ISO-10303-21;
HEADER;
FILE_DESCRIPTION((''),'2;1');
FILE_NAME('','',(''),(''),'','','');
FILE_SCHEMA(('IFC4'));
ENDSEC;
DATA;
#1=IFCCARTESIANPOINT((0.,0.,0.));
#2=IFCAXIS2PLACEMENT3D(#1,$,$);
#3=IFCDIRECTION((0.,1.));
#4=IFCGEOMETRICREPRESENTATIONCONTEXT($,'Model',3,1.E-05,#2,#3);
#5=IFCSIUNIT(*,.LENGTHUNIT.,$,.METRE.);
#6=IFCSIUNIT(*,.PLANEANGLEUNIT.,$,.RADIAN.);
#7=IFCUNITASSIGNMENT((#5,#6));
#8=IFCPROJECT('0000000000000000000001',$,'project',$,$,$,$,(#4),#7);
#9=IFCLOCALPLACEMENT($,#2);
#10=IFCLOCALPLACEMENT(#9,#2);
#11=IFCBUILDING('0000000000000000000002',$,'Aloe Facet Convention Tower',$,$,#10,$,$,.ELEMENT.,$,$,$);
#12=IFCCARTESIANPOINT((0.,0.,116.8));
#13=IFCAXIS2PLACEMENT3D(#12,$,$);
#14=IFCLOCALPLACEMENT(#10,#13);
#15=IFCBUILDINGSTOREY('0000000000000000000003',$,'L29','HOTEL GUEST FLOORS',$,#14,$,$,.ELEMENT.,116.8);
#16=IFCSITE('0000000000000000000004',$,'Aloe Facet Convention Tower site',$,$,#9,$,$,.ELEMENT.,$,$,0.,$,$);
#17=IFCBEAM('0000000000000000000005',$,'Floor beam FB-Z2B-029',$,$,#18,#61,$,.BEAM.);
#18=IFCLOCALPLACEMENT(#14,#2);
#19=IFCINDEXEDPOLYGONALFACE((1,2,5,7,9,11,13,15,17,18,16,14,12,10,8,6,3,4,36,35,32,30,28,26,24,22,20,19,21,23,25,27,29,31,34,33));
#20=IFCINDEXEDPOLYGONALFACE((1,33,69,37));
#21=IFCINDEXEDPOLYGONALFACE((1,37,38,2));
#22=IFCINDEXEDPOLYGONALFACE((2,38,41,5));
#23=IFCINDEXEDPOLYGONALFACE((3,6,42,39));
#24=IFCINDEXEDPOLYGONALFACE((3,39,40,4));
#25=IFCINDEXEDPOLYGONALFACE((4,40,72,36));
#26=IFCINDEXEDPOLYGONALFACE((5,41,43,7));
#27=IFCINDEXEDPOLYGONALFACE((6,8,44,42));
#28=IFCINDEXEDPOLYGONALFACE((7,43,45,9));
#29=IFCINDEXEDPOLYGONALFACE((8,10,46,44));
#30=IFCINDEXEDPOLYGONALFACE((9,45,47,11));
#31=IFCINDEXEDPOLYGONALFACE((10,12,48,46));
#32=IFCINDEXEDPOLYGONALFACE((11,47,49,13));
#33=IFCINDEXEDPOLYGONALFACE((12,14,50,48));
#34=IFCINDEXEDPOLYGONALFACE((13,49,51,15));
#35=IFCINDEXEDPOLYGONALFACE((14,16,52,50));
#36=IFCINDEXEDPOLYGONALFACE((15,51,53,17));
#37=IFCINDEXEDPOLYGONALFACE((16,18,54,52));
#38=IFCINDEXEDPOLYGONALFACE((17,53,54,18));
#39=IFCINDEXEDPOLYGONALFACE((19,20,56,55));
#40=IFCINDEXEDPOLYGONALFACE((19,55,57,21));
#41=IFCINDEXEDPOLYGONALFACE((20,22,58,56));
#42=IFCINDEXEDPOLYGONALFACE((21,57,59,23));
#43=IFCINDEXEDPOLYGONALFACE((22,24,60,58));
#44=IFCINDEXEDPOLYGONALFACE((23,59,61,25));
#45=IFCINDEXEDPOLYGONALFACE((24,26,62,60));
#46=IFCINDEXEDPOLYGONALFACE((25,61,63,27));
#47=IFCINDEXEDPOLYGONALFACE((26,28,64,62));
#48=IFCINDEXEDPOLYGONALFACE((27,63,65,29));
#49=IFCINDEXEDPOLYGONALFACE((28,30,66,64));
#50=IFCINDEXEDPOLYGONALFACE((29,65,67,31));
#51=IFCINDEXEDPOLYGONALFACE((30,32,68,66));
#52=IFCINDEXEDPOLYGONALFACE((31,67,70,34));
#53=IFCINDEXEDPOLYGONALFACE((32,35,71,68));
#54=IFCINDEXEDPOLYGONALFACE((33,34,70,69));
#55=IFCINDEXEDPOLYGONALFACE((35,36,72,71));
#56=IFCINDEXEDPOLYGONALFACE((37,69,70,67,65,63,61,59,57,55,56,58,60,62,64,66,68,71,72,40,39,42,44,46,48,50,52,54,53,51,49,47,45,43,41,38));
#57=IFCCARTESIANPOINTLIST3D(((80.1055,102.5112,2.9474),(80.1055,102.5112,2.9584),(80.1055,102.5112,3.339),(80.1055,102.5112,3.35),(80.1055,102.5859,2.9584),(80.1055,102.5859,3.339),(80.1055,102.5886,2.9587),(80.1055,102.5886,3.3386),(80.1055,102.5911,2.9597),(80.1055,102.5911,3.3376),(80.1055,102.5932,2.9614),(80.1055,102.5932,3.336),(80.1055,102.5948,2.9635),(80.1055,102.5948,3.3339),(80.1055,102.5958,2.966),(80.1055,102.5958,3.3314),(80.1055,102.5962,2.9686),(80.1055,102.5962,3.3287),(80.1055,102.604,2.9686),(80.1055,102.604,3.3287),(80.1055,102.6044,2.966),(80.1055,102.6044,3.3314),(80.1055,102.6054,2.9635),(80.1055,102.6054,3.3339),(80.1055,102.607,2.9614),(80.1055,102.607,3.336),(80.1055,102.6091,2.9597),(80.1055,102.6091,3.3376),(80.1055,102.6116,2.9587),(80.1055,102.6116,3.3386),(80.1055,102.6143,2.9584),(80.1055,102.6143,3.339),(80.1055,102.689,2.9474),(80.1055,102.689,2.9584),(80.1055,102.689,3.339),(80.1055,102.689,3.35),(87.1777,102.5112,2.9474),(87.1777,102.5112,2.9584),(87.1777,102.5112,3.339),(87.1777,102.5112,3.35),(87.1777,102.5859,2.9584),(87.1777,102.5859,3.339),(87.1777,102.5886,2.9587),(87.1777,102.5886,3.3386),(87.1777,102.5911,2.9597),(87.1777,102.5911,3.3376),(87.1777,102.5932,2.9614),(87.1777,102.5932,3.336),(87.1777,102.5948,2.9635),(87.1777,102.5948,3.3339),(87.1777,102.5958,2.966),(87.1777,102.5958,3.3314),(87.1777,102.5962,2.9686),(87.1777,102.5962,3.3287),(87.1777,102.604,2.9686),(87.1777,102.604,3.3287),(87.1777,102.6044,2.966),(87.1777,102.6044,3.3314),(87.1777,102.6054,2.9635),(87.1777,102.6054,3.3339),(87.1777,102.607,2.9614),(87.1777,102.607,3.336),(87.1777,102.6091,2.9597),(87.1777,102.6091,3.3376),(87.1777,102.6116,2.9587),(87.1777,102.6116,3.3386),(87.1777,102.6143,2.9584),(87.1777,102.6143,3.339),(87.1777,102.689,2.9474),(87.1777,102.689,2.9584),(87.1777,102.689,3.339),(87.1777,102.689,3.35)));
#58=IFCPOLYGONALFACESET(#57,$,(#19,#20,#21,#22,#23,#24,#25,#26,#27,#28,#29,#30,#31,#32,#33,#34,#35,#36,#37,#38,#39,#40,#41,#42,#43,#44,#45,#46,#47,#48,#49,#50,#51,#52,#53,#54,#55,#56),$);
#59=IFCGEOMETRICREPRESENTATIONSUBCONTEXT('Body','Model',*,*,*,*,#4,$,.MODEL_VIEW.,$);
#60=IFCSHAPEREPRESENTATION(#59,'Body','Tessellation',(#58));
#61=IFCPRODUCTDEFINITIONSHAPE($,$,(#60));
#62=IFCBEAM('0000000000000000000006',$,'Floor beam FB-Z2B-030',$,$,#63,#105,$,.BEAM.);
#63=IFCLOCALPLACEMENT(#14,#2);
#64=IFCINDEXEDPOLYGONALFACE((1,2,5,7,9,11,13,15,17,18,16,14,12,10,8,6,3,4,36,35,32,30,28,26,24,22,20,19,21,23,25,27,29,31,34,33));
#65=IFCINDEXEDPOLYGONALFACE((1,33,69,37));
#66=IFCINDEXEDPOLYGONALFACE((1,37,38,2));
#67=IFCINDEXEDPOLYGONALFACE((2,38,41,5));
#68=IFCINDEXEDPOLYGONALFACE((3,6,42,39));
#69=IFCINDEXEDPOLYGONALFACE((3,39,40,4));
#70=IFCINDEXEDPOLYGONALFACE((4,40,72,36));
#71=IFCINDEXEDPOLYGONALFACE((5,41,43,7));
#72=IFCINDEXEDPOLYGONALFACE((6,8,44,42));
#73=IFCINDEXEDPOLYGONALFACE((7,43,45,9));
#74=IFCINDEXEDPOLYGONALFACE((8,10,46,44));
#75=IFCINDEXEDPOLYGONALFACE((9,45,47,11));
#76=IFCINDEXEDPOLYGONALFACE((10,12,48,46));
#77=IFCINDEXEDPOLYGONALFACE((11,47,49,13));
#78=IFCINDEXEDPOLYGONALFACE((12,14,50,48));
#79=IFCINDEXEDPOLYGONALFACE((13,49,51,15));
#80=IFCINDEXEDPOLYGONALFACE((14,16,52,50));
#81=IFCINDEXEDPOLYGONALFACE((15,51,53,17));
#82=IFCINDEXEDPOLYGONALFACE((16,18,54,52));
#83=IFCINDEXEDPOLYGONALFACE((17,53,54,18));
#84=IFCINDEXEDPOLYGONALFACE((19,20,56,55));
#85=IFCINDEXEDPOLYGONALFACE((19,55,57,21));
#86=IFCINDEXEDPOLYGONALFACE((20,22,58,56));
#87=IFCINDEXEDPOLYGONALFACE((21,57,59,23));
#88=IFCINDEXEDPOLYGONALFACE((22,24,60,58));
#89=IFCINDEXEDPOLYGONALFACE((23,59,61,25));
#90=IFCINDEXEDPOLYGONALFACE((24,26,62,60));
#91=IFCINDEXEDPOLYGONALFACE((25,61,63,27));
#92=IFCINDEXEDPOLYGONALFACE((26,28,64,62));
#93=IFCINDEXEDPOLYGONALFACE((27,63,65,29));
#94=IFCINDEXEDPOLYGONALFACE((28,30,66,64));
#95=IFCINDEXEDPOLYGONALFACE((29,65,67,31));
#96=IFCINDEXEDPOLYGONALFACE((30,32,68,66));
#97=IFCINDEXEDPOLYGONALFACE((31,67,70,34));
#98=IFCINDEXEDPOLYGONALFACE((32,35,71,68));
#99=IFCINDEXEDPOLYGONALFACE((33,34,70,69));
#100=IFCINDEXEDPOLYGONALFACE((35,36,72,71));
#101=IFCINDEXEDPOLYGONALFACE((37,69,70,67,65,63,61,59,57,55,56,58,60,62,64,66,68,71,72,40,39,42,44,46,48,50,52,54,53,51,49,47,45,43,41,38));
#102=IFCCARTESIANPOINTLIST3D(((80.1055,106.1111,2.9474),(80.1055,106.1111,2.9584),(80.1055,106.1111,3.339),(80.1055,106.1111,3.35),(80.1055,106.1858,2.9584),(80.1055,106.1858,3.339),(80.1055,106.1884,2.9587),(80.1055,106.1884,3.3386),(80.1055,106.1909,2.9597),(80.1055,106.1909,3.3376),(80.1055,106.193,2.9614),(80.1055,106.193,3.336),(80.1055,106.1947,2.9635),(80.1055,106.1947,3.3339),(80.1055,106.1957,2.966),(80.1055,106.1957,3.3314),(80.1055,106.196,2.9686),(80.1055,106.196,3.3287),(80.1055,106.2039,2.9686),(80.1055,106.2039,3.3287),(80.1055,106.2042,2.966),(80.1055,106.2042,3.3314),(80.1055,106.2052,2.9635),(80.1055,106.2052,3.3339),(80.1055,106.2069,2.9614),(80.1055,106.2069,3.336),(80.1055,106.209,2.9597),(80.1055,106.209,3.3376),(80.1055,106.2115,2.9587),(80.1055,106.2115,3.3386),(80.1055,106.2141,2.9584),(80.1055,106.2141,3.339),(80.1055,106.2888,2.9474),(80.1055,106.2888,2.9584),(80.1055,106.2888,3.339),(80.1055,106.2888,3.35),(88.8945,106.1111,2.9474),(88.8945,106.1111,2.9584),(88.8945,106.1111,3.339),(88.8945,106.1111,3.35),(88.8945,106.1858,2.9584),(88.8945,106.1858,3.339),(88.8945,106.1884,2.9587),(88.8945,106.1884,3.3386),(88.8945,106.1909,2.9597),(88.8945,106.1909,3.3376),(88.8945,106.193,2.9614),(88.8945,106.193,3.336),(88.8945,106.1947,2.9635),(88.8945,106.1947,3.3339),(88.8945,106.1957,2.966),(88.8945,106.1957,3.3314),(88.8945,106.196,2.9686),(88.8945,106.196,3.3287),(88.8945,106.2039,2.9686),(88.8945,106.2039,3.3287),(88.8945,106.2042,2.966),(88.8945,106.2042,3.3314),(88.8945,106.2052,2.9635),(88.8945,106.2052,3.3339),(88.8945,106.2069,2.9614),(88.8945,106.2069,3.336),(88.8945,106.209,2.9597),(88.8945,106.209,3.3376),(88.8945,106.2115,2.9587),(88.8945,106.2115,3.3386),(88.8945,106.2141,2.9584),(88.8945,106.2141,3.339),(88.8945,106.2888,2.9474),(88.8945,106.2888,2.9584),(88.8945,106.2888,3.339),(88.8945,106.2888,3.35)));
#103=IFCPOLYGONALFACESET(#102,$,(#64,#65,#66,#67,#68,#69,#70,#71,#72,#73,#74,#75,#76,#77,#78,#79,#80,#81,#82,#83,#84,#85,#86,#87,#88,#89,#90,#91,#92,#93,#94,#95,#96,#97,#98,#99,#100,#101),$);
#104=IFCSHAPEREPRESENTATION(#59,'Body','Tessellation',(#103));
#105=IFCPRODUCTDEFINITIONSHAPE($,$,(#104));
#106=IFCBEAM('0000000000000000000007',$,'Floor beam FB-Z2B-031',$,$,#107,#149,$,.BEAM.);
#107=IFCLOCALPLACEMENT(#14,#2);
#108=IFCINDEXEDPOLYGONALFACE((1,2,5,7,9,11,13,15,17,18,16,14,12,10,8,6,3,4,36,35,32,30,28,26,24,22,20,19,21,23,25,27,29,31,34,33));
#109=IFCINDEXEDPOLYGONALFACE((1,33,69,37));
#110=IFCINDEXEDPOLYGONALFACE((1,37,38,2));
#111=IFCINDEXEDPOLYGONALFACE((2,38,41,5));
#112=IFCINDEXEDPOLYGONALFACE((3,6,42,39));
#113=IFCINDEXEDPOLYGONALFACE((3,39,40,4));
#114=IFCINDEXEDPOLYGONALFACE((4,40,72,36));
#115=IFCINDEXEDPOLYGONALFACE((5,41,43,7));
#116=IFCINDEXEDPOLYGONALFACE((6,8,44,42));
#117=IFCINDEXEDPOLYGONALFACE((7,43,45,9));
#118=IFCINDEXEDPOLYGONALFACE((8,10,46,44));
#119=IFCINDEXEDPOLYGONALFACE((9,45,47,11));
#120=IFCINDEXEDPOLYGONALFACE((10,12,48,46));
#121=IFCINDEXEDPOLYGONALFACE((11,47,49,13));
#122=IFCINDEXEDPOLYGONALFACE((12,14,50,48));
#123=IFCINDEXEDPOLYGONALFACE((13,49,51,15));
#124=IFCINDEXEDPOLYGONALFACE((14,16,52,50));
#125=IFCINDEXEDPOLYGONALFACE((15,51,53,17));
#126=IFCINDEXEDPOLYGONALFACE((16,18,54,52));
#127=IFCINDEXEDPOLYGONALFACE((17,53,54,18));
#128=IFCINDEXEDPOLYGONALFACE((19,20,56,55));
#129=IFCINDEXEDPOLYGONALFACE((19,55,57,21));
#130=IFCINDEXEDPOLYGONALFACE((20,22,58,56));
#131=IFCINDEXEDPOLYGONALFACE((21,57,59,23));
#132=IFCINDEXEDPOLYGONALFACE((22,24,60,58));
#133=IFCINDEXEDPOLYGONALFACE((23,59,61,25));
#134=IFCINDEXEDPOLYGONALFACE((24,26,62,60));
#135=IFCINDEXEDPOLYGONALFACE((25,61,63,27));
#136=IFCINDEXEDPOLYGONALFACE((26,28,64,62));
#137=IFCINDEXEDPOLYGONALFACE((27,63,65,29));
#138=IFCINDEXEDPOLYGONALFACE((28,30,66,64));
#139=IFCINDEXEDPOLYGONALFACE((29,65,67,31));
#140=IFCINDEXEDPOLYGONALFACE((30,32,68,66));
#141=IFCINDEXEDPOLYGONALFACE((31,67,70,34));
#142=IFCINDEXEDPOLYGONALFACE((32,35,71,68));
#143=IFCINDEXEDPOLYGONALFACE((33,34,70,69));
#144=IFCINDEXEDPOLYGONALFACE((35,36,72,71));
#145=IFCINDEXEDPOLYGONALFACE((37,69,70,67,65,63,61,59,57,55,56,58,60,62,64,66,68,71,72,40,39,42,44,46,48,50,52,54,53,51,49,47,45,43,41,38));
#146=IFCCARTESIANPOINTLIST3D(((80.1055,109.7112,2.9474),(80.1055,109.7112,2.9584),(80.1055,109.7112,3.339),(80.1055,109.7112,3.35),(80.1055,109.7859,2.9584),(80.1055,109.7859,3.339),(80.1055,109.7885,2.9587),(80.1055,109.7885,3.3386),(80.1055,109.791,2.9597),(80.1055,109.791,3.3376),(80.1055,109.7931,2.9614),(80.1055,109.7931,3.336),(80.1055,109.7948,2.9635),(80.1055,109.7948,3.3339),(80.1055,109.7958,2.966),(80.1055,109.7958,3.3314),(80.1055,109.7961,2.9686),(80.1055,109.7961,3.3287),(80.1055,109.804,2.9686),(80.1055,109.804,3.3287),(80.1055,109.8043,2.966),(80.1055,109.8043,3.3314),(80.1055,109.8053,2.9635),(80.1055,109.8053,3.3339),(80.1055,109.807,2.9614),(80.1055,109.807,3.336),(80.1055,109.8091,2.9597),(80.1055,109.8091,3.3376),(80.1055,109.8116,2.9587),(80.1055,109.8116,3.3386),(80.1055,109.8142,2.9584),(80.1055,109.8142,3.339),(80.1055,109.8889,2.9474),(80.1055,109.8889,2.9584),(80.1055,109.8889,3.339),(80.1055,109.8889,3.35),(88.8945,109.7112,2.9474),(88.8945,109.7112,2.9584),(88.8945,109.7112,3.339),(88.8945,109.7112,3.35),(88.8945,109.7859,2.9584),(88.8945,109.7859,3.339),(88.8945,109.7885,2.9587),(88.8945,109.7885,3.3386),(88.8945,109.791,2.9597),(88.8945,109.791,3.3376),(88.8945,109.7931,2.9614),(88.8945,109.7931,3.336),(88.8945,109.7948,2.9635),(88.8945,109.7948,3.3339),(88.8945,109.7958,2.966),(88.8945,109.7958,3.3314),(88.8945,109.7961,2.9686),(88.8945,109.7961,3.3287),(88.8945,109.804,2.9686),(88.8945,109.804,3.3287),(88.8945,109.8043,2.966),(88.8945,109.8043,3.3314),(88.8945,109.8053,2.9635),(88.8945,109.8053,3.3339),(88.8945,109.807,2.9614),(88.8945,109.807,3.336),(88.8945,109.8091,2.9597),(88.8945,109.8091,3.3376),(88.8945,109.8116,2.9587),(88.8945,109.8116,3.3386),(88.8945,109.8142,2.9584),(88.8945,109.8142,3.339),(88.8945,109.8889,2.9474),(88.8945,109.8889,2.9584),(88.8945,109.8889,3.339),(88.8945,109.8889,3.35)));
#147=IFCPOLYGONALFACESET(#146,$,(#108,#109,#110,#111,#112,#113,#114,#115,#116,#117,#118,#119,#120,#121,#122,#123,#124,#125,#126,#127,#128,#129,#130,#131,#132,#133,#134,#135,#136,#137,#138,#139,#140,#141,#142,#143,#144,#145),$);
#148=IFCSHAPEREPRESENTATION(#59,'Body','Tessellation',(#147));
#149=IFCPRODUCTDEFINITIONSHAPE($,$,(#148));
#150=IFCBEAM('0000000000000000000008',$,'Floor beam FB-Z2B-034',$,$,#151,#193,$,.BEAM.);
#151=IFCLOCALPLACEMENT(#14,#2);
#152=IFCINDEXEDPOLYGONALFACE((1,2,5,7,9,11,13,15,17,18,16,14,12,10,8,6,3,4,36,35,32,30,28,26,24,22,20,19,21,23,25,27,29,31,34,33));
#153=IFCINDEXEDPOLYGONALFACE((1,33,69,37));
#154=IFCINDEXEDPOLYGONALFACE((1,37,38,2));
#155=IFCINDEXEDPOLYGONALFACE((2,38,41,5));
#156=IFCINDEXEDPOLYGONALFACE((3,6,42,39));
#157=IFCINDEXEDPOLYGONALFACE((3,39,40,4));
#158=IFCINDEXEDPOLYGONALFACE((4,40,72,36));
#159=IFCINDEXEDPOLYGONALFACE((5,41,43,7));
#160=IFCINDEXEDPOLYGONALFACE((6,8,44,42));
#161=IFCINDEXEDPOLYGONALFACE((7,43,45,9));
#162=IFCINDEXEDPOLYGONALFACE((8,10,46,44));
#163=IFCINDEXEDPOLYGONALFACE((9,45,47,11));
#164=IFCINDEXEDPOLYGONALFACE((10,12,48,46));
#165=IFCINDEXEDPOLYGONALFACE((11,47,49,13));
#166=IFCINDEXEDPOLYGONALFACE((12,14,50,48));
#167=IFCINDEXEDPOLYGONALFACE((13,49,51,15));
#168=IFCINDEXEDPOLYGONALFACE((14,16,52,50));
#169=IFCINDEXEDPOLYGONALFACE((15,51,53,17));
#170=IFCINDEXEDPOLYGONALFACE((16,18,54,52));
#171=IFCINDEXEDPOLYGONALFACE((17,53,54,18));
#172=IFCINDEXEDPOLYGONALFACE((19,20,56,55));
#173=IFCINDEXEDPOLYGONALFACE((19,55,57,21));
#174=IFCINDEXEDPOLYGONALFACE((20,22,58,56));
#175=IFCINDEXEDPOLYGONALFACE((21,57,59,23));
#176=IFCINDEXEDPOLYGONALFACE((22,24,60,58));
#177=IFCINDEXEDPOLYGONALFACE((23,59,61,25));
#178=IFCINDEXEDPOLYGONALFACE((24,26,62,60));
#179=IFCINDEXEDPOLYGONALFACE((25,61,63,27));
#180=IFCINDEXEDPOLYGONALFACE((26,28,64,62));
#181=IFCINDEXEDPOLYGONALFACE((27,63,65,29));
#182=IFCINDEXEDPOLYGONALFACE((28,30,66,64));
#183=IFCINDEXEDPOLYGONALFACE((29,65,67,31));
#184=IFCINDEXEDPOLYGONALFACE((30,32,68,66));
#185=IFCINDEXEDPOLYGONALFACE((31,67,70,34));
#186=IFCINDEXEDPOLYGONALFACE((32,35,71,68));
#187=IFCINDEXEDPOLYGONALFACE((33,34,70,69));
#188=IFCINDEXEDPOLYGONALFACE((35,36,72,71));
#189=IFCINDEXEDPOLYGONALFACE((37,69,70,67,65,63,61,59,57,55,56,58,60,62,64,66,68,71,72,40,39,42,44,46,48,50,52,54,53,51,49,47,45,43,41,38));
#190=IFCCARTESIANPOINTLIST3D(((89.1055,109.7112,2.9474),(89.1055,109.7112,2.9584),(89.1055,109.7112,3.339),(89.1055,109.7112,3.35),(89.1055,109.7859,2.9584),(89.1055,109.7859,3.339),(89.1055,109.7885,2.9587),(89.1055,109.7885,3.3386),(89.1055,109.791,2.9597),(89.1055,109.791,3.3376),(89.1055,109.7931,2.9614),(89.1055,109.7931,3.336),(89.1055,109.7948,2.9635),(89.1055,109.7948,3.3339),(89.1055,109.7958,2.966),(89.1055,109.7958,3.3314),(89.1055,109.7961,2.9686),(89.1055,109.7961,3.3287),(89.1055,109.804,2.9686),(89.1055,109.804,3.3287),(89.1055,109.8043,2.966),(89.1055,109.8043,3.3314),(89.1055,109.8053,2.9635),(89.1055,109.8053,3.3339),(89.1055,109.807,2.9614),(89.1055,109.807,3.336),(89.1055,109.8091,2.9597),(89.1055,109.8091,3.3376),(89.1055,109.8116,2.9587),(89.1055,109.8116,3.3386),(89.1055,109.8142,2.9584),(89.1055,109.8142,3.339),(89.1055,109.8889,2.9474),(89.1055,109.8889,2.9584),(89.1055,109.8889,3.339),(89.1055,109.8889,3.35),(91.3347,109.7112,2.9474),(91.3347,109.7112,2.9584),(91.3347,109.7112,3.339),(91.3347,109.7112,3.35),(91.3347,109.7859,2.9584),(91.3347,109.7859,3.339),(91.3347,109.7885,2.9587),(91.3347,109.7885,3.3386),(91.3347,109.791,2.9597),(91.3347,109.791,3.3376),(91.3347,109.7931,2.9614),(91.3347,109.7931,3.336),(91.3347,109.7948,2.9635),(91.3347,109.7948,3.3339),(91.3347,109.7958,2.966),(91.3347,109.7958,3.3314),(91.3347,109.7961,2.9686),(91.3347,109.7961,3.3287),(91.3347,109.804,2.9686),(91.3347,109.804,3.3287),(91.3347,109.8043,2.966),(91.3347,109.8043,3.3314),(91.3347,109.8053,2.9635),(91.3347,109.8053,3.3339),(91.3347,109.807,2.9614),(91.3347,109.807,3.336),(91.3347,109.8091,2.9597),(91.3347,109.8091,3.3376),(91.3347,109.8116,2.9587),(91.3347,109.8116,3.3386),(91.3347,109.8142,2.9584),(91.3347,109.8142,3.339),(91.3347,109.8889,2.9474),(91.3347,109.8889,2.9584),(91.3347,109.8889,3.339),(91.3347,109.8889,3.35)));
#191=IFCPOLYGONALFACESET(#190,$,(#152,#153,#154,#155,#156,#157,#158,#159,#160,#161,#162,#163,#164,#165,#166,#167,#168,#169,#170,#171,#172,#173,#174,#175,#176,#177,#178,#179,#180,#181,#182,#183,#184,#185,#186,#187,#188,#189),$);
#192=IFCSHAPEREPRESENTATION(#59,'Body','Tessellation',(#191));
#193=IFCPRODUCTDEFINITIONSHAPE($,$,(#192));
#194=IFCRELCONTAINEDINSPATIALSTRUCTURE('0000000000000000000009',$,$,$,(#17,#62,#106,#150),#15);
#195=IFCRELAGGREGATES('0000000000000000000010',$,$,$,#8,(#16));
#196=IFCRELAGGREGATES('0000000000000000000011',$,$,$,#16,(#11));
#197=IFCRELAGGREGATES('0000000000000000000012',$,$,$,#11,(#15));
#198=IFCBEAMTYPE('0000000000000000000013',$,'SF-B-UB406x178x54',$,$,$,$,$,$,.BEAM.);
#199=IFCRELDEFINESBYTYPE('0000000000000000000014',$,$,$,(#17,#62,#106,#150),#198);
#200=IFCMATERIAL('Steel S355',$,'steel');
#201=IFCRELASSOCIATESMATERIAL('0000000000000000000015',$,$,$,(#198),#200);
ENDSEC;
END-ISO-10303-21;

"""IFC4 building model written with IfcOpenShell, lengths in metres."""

from ifc_helpers import new_model, si_unit, direction, frame, origin, origin_2d, place, context, subcontext, project, spatial, i_section, extrude, material, material_profile, profile_set, type_object, element, save


model = new_model("IFC4")

# Units and contexts
model_context = context("Model", 3, precision=1e-05, world=origin(), true_north=direction((0.0, 1.0)))
body_context = subcontext(model_context, "Body", "Model", "MODEL_VIEW")
ifc_project = project(units=[si_unit("LENGTHUNIT", "METRE"), si_unit("PLANEANGLEUNIT", "RADIAN")], contexts=[model_context])

# Site, building, storey
site_placement = place(None, origin())
site = spatial("IfcSite", under=ifc_project, at=site_placement, Name="Aloe Facet Convention Tower site", CompositionType="ELEMENT", RefElevation=0.0)
building_placement = place(site_placement, origin())
building = spatial("IfcBuilding", under=site, at=building_placement, Name="Aloe Facet Convention Tower", CompositionType="ELEMENT")
storey_placement = place(building_placement, frame((0.0, 0.0, 116.8)))
storey = spatial("IfcBuildingStorey", under=building, at=storey_placement, Name="L29", Description="HOTEL GUEST FLOORS", CompositionType="ELEMENT", Elevation=116.8)

# Beams
ifc_material_1 = material(Name="Steel S355", Category="steel")
ifc_material_profile_1 = material_profile(ifc_material_1, i_section(OverallWidth=0.1777, OverallDepth=0.4026, WebThickness=0.0078, FlangeThickness=0.011, FilletRadius=0.0103, at=origin_2d()), Name="UB 406x178x54")
ifc_profile_set_1 = profile_set([ifc_material_profile_1], Name="Steel S355")
beam_type_1 = type_object("IfcBeamType", Name="SF-B-UB406x178x54", PredefinedType="BEAM", material=ifc_profile_set_1)
beam_1_placement = place(storey_placement, frame((80.1055, 102.6001, 3.1487), z_axis=(1.0, 0.0, 0.0), x_axis=(0.0, 1.0, 0.0)))
element("IfcBeam", 1, at=beam_1_placement, inside=storey, type_object=beam_type_1, Name="Floor beam FB-Z2B-029", PredefinedType="BEAM", context=body_context, shape_type="SweptSolid", body=[
    extrude(i_section(OverallWidth=0.1777, OverallDepth=0.4026, WebThickness=0.0078, FlangeThickness=0.011, FilletRadius=0.0103, at=origin_2d()), origin(), (0.0, 0.0, 1.0), 7.0723),
])
for number, where, z_axis, x_axis, name in (
    (2, (80.1055, 106.2, 3.1487), (1.0, 0.0, 0.0), (0.0, 1.0, 0.0), "Floor beam FB-Z2B-030"),
    (3, (80.1055, 109.8, 3.1487), (1.0, 0.0, 0.0), (0.0, 1.0, 0.0), "Floor beam FB-Z2B-031"),
):
    element("IfcBeam", number, at=place(storey_placement, frame(where, z_axis=z_axis, x_axis=x_axis)), inside=storey, type_object=beam_type_1, Name=name, PredefinedType="BEAM", context=body_context, shape_type="SweptSolid", body=[
        extrude(i_section(OverallWidth=0.1777, OverallDepth=0.4026, WebThickness=0.0078, FlangeThickness=0.011, FilletRadius=0.0103, at=origin_2d()), origin(), (0.0, 0.0, 1.0), 8.7891),
    ])
beam_2_placement = place(storey_placement, frame((89.1055, 109.8, 3.1487), z_axis=(1.0, 0.0, 0.0), x_axis=(0.0, 1.0, 0.0)))
element("IfcBeam", 4, at=beam_2_placement, inside=storey, type_object=beam_type_1, Name="Floor beam FB-Z2B-034", PredefinedType="BEAM", context=body_context, shape_type="SweptSolid", body=[
    extrude(i_section(OverallWidth=0.1777, OverallDepth=0.4026, WebThickness=0.0078, FlangeThickness=0.011, FilletRadius=0.0103, at=origin_2d()), origin(), (0.0, 0.0, 1.0), 2.2292),
])

save(model, "model.ifc")
